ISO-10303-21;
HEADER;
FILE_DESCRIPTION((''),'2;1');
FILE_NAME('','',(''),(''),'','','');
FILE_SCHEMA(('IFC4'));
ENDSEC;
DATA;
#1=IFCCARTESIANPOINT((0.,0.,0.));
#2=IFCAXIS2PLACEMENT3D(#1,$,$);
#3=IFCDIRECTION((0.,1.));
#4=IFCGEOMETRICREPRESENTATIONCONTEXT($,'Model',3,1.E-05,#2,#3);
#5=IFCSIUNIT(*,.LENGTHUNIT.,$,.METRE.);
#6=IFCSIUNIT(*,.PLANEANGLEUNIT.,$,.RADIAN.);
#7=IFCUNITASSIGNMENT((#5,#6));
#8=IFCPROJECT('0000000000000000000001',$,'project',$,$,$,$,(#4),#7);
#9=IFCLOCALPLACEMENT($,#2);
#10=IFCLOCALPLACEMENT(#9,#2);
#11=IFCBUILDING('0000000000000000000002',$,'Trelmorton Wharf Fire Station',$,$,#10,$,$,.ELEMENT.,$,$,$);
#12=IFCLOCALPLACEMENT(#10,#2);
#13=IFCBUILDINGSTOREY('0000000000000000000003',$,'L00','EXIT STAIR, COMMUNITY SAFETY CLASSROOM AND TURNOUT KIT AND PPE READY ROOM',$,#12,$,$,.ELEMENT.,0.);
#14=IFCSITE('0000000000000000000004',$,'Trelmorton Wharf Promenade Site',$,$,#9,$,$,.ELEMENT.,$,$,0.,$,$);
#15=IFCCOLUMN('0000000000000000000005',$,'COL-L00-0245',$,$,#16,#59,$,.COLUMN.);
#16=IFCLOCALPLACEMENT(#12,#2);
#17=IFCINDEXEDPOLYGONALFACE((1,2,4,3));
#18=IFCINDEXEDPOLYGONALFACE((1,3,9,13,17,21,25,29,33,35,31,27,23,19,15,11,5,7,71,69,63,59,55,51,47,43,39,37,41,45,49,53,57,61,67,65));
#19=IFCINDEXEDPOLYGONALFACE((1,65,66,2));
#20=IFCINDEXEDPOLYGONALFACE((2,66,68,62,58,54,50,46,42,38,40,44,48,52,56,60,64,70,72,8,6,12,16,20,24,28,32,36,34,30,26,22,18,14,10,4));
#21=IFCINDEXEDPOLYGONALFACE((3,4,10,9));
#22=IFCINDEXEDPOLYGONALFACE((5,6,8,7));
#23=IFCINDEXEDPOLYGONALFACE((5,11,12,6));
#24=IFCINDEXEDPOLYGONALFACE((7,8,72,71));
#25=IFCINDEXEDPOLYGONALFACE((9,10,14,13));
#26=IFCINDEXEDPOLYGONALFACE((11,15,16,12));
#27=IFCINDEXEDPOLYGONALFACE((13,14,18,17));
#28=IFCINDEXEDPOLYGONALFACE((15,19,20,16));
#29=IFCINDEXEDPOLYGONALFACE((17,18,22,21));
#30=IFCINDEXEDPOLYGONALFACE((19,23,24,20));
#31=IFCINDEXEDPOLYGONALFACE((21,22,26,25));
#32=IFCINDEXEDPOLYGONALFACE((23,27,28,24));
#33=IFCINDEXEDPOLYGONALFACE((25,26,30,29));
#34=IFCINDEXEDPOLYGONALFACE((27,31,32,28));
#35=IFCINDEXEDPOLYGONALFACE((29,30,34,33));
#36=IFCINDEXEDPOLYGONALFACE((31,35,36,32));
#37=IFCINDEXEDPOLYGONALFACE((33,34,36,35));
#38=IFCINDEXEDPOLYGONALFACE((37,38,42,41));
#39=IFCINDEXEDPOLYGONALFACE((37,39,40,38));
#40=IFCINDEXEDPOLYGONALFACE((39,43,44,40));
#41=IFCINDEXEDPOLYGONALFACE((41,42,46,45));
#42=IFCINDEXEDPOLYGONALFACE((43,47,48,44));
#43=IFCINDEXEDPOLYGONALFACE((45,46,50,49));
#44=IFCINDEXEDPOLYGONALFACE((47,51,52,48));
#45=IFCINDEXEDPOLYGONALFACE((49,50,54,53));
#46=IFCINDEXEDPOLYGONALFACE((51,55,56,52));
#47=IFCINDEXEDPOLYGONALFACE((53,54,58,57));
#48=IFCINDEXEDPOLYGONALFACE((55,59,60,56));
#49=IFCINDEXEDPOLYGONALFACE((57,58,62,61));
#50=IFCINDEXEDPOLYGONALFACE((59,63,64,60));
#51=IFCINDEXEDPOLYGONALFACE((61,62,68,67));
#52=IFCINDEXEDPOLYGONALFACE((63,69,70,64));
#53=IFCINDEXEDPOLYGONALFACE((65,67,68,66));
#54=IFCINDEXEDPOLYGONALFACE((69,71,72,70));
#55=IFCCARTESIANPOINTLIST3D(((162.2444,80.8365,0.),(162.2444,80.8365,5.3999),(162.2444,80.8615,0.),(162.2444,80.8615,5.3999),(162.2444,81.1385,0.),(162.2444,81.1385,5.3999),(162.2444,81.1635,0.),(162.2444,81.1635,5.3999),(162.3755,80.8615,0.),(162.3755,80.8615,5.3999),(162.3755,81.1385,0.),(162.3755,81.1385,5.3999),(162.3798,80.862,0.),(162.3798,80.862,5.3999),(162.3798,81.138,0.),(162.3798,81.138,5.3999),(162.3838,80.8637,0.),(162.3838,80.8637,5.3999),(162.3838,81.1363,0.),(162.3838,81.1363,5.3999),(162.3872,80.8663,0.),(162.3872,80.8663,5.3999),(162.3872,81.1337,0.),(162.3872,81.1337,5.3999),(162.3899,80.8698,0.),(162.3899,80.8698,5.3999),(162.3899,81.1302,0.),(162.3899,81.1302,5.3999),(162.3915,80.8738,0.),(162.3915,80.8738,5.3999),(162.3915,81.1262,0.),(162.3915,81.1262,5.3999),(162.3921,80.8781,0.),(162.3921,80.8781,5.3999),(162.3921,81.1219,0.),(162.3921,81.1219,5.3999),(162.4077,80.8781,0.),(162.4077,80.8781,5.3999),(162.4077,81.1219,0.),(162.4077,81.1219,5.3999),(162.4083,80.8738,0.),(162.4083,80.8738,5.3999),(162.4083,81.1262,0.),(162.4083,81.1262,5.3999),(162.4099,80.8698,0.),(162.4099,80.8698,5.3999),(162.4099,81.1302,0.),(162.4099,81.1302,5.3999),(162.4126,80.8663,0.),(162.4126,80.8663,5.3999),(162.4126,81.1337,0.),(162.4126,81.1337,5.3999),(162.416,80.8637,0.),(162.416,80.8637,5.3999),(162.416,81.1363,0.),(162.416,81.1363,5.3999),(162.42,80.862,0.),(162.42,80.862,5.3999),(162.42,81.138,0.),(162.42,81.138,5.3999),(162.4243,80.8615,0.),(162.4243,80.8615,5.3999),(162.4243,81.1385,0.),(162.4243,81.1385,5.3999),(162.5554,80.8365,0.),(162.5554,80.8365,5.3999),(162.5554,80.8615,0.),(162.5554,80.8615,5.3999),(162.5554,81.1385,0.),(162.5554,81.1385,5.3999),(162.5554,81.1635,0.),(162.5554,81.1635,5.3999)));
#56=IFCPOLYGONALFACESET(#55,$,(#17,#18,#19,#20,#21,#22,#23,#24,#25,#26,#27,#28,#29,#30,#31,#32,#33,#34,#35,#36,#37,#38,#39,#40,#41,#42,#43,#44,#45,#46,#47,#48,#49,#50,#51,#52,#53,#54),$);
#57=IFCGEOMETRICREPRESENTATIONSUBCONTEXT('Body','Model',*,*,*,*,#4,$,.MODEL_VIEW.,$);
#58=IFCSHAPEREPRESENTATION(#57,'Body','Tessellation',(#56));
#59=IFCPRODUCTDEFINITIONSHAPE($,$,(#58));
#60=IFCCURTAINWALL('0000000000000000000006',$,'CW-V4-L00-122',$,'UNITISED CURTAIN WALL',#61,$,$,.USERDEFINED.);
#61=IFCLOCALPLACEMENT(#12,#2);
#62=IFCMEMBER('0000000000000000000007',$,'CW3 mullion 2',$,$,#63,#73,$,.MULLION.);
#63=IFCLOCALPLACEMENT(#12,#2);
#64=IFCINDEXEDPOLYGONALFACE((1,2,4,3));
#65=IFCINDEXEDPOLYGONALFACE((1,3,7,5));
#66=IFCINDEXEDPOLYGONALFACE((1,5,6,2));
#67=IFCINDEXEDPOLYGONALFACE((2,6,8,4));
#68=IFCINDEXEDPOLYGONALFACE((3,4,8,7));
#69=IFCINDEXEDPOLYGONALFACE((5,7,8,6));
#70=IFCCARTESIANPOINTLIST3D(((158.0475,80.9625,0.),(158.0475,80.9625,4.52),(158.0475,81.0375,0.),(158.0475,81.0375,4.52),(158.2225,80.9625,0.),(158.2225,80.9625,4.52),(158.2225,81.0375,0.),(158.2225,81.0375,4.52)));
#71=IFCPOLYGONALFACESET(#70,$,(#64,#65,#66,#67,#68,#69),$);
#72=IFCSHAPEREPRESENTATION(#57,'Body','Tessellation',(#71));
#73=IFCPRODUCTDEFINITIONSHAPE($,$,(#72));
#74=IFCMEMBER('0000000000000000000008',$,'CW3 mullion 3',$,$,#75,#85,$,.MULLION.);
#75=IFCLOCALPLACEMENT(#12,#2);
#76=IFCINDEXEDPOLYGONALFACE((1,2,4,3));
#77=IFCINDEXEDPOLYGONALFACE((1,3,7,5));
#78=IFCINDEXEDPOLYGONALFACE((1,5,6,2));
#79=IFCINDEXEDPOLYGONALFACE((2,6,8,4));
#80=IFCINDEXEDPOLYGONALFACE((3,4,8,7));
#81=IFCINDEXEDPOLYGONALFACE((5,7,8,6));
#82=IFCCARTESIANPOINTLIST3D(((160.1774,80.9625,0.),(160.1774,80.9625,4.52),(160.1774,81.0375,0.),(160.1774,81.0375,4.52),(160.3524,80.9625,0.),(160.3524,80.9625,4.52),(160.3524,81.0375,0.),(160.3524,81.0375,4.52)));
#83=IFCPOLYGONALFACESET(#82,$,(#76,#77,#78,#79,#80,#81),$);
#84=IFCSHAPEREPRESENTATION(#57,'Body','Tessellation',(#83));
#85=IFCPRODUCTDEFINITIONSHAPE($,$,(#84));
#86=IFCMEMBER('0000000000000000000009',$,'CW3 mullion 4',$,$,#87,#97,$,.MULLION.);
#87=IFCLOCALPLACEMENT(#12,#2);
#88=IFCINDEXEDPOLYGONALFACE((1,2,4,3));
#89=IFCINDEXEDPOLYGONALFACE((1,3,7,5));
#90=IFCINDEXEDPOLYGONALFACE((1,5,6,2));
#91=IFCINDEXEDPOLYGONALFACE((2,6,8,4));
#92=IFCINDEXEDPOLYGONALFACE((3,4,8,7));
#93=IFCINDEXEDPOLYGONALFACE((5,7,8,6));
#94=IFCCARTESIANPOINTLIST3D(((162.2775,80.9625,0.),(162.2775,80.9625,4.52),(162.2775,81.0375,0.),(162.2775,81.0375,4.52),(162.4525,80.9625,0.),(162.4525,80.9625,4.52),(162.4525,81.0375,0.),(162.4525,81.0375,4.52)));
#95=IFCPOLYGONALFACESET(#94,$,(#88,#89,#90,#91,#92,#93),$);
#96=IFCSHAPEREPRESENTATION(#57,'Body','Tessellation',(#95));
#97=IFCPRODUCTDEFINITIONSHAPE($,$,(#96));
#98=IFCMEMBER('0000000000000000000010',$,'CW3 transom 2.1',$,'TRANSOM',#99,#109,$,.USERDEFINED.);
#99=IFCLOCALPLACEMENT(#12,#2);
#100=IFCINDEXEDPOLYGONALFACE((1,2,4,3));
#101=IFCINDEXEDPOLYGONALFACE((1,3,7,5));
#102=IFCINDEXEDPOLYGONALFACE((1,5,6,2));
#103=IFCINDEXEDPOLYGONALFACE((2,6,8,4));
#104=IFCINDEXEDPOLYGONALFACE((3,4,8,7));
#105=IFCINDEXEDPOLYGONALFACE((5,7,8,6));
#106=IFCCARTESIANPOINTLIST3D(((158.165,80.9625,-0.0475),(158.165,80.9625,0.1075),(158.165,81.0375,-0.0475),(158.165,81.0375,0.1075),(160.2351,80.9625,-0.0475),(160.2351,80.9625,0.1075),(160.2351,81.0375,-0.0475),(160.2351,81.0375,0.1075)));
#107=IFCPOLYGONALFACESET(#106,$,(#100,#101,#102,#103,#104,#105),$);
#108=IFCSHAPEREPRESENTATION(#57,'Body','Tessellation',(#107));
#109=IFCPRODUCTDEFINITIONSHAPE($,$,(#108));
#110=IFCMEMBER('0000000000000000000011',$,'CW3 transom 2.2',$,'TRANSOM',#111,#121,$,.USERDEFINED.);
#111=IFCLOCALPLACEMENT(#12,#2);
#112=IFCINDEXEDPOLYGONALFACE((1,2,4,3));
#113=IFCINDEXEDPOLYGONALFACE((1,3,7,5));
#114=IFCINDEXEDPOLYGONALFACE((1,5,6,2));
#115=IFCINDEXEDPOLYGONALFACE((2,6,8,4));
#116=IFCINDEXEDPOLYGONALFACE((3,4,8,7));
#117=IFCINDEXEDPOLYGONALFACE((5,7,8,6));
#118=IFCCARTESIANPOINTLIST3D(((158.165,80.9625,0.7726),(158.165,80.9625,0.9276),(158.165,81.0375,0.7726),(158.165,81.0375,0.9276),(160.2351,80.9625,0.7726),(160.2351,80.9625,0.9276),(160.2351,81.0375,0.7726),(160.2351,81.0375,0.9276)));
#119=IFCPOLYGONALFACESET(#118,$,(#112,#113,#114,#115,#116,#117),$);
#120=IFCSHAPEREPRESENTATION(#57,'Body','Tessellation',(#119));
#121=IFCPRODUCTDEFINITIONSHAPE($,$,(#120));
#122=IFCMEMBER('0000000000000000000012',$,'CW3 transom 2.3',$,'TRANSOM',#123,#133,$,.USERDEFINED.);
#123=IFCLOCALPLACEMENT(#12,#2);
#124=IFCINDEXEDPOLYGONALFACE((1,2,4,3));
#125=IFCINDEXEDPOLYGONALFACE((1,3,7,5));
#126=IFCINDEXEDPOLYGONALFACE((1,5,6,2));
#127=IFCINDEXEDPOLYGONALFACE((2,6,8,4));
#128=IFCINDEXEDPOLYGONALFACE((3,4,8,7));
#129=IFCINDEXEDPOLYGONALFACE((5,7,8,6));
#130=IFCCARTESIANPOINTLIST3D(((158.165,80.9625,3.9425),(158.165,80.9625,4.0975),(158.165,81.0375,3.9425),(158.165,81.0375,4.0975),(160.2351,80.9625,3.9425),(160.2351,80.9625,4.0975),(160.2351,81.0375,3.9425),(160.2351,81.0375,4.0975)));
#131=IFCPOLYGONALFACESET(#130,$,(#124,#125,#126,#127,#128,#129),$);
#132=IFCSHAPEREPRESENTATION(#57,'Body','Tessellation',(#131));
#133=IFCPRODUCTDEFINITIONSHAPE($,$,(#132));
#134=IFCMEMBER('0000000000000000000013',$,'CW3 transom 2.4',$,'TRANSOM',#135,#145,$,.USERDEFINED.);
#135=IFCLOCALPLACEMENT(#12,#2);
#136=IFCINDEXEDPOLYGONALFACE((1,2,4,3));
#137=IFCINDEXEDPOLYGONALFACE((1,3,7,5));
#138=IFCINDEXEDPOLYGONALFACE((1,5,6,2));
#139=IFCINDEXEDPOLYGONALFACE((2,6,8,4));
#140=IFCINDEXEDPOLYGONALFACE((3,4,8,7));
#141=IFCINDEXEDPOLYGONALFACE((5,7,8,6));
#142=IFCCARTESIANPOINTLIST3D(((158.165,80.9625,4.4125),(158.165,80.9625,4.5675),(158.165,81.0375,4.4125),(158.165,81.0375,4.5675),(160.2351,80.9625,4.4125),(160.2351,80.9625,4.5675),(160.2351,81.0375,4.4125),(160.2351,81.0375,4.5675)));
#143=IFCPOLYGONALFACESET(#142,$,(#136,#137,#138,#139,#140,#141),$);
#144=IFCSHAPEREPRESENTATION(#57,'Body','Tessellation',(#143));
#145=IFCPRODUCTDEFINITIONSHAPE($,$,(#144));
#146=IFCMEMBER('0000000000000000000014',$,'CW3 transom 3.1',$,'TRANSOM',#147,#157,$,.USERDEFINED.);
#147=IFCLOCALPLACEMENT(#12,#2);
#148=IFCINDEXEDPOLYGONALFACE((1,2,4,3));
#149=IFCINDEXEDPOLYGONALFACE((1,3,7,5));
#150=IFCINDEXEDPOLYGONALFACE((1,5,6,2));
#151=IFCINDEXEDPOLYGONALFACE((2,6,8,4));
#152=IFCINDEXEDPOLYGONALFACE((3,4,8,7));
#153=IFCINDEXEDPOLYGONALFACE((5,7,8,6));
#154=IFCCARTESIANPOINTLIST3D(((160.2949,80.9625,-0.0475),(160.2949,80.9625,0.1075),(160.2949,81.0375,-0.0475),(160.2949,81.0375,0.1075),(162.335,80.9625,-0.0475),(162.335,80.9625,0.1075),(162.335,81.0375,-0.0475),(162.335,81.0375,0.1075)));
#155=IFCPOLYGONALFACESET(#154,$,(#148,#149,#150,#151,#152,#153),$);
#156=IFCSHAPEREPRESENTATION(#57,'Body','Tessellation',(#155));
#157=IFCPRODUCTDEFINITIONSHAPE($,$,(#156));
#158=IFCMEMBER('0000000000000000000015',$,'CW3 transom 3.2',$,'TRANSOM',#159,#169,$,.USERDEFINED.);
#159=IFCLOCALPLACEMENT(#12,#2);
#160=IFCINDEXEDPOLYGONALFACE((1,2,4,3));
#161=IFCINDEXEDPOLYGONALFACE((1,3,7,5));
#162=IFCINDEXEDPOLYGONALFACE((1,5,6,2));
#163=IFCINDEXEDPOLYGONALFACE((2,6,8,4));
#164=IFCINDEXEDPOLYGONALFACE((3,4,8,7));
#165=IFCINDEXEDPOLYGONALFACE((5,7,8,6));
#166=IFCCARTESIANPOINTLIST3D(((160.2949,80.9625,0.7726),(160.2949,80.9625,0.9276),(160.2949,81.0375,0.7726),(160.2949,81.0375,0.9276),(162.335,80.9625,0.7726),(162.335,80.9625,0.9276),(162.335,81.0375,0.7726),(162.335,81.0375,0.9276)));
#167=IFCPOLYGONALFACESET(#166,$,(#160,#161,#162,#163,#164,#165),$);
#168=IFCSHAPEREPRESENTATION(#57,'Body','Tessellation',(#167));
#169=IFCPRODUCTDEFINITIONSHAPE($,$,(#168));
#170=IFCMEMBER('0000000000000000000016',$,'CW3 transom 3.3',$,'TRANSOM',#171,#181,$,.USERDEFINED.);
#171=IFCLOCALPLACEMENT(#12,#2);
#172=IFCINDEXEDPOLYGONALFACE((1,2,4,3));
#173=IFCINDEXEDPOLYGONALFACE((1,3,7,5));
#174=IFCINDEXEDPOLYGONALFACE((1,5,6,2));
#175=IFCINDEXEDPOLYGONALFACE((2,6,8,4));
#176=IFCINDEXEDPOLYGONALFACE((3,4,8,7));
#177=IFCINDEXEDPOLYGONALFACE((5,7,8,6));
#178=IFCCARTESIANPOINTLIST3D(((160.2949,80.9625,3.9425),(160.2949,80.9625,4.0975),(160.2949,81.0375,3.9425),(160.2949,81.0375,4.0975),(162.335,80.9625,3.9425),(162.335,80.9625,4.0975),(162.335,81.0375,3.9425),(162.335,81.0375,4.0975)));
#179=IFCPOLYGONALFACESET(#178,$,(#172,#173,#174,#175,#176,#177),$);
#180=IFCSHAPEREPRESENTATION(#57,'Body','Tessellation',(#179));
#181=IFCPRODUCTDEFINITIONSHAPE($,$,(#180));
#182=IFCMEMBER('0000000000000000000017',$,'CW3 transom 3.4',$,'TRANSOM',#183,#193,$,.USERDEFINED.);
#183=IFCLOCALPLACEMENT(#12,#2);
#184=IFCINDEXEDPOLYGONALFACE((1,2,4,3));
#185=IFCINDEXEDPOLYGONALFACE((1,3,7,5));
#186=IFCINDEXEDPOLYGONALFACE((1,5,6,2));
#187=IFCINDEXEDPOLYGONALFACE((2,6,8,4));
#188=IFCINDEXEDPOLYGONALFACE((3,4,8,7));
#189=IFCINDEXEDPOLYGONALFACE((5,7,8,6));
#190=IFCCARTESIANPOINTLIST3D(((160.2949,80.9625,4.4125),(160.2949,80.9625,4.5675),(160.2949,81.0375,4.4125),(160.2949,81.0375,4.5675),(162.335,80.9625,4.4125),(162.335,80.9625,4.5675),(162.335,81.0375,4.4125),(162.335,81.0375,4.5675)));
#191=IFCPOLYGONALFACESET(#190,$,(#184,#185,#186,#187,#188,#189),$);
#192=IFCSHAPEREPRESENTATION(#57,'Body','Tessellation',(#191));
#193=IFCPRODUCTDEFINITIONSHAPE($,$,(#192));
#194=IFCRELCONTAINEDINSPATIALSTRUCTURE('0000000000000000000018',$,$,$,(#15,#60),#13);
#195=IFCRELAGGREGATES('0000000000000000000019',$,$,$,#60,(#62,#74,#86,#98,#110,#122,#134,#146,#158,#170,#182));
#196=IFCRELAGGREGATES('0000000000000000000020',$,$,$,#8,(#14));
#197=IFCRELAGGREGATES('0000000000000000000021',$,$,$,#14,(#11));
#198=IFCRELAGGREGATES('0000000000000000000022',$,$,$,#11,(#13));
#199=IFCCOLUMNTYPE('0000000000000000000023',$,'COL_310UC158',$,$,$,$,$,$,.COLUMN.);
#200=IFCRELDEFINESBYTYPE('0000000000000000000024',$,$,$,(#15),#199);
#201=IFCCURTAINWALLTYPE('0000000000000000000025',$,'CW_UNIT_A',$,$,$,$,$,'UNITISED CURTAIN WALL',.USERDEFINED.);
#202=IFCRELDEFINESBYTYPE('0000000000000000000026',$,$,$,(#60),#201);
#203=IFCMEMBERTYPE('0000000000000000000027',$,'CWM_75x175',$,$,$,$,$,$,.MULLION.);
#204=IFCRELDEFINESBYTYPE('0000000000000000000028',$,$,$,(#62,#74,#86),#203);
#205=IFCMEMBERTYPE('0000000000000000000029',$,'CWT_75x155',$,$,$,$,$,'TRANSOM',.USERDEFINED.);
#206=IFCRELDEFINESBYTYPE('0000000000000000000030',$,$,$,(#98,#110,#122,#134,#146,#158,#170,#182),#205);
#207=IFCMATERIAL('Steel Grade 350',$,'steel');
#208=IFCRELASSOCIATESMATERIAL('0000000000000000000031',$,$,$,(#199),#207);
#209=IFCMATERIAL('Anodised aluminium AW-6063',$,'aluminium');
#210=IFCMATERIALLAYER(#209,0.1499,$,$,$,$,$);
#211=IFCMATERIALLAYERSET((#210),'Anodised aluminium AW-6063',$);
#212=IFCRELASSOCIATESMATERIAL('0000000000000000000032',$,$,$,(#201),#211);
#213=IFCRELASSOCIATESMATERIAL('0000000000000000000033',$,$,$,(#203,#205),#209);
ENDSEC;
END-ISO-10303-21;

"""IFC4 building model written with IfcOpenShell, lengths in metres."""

from ifc_helpers import new_model, si_unit, direction, frame, origin, origin_2d, place, context, subcontext, project, spatial, rectangle, i_section, extrude, material, layer, layer_set, material_profile, profile_set, type_object, element, aggregate, save


model = new_model("IFC4")

# Units and contexts
model_context = context("Model", 3, precision=1e-05, world=origin(), true_north=direction((0.0, 1.0)))
body_context = subcontext(model_context, "Body", "Model", "MODEL_VIEW")
ifc_project = project(units=[si_unit("LENGTHUNIT", "METRE"), si_unit("PLANEANGLEUNIT", "RADIAN")], contexts=[model_context])

# Site, building, storey
site_placement = place(None, origin())
site = spatial("IfcSite", under=ifc_project, at=site_placement, Name="Trelmorton Wharf Promenade Site", CompositionType="ELEMENT", RefElevation=0.0)
building_placement = place(site_placement, origin())
building = spatial("IfcBuilding", under=site, at=building_placement, Name="Trelmorton Wharf Fire Station", CompositionType="ELEMENT")
storey_placement = place(building_placement, origin())
storey = spatial("IfcBuildingStorey", under=building, at=storey_placement, Name="L00", Description="EXIT STAIR, COMMUNITY SAFETY CLASSROOM AND TURNOUT KIT AND PPE READY ROOM", CompositionType="ELEMENT", Elevation=0.0)

# Column
ifc_material_1 = material(Name="Steel Grade 350", Category="steel")
ifc_material_profile_1 = material_profile(ifc_material_1, i_section(OverallWidth=0.311, OverallDepth=0.3269, WebThickness=0.0156, FlangeThickness=0.0249, FilletRadius=0.0166, at=origin_2d()), Name="310UC158")
ifc_profile_set_1 = profile_set([ifc_material_profile_1], Name="Steel Grade 350")
column_type = type_object("IfcColumnType", Name="COL_310UC158", PredefinedType="COLUMN", material=ifc_profile_set_1)
column_placement = place(storey_placement, frame((162.3999, 81.0, 0.0), z_axis=(0.0, 0.0, 1.0), x_axis=(1.0, 0.0, 0.0)))
element("IfcColumn", 1, at=column_placement, inside=storey, type_object=column_type, Name="COL-L00-0245", PredefinedType="COLUMN", context=body_context, shape_type="SweptSolid", body=[
    extrude(i_section(OverallWidth=0.311, OverallDepth=0.3269, WebThickness=0.0156, FlangeThickness=0.0249, FilletRadius=0.0166, at=origin_2d()), origin(), (0.0, 0.0, 1.0), 5.3999),
])

# Curtain wall, members
ifc_material_2 = material(Name="Anodised aluminium AW-6063", Category="aluminium")
ifc_layer_1 = layer(ifc_material_2, 0.1499)
ifc_layer_set_1 = layer_set([ifc_layer_1], Name="Anodised aluminium AW-6063")
curtain_wall_type = type_object("IfcCurtainWallType", Name="CW_UNIT_A", ElementType="UNITISED CURTAIN WALL", PredefinedType="USERDEFINED", material=ifc_layer_set_1)
curtain_wall_placement = place(storey_placement, origin())
curtain_wall = element("IfcCurtainWall", 2, at=curtain_wall_placement, inside=storey, type_object=curtain_wall_type, Name="CW-V4-L00-122", ObjectType="UNITISED CURTAIN WALL", PredefinedType="USERDEFINED")
ifc_material_profile_2 = material_profile(ifc_material_2, rectangle(XDim=0.075, YDim=0.175, at=origin_2d()), Name="ALU-75x175")
ifc_profile_set_2 = profile_set([ifc_material_profile_2], Name="Anodised aluminium AW-6063")
member_type_1 = type_object("IfcMemberType", Name="CWM_75x175", PredefinedType="MULLION", material=ifc_profile_set_2)
member_1_placement = place(storey_placement, frame((158.135, 81.0, 0.0), z_axis=(0.0, 0.0, 1.0), x_axis=(0.0, 1.0, 0.0)))
member_1 = element("IfcMember", 3, at=member_1_placement, type_object=member_type_1, Name="CW3 mullion 2", PredefinedType="MULLION", context=body_context, shape_type="SweptSolid", body=[
    extrude(rectangle(XDim=0.075, YDim=0.175, at=origin_2d()), origin(), (0.0, 0.0, 1.0), 4.52),
])
member_2_placement = place(storey_placement, frame((160.2649, 81.0, 0.0), z_axis=(0.0, 0.0, 1.0), x_axis=(0.0, 1.0, 0.0)))
member_2 = element("IfcMember", 4, at=member_2_placement, type_object=member_type_1, Name="CW3 mullion 3", PredefinedType="MULLION", context=body_context, shape_type="SweptSolid", body=[
    extrude(rectangle(XDim=0.075, YDim=0.175, at=origin_2d()), origin(), (0.0, 0.0, 1.0), 4.52),
])
member_3_placement = place(storey_placement, frame((162.365, 81.0, 0.0), z_axis=(0.0, 0.0, 1.0), x_axis=(0.0, 1.0, 0.0)))
member_3 = element("IfcMember", 5, at=member_3_placement, type_object=member_type_1, Name="CW3 mullion 4", PredefinedType="MULLION", context=body_context, shape_type="SweptSolid", body=[
    extrude(rectangle(XDim=0.075, YDim=0.175, at=origin_2d()), origin(), (0.0, 0.0, 1.0), 4.52),
])
ifc_material_profile_3 = material_profile(ifc_material_2, rectangle(XDim=0.075, YDim=0.155, at=origin_2d()), Name="ALU-75x155")
ifc_profile_set_3 = profile_set([ifc_material_profile_3], Name="Anodised aluminium AW-6063")
member_type_2 = type_object("IfcMemberType", Name="CWT_75x155", ElementType="TRANSOM", PredefinedType="USERDEFINED", material=ifc_profile_set_3)
member_4_placement = place(storey_placement, frame((158.165, 81.0, 0.03), z_axis=(1.0, 0.0, 0.0), x_axis=(0.0, 1.0, 0.0)))
member_4 = element("IfcMember", 6, at=member_4_placement, type_object=member_type_2, Name="CW3 transom 2.1", ObjectType="TRANSOM", PredefinedType="USERDEFINED", context=body_context, shape_type="SweptSolid", body=[
    extrude(rectangle(XDim=0.075, YDim=0.155, at=origin_2d()), origin(), (0.0, 0.0, 1.0), 2.0701),
])
member_5_placement = place(storey_placement, frame((158.165, 81.0, 0.8501), z_axis=(1.0, 0.0, 0.0), x_axis=(0.0, 1.0, 0.0)))
member_5 = element("IfcMember", 7, at=member_5_placement, type_object=member_type_2, Name="CW3 transom 2.2", ObjectType="TRANSOM", PredefinedType="USERDEFINED", context=body_context, shape_type="SweptSolid", body=[
    extrude(rectangle(XDim=0.075, YDim=0.155, at=origin_2d()), origin(), (0.0, 0.0, 1.0), 2.0701),
])
member_6_placement = place(storey_placement, frame((158.165, 81.0, 4.02), z_axis=(1.0, 0.0, 0.0), x_axis=(0.0, 1.0, 0.0)))
member_6 = element("IfcMember", 8, at=member_6_placement, type_object=member_type_2, Name="CW3 transom 2.3", ObjectType="TRANSOM", PredefinedType="USERDEFINED", context=body_context, shape_type="SweptSolid", body=[
    extrude(rectangle(XDim=0.075, YDim=0.155, at=origin_2d()), origin(), (0.0, 0.0, 1.0), 2.0701),
])
member_7_placement = place(storey_placement, frame((158.165, 81.0, 4.49), z_axis=(1.0, 0.0, 0.0), x_axis=(0.0, 1.0, 0.0)))
member_7 = element("IfcMember", 9, at=member_7_placement, type_object=member_type_2, Name="CW3 transom 2.4", ObjectType="TRANSOM", PredefinedType="USERDEFINED", context=body_context, shape_type="SweptSolid", body=[
    extrude(rectangle(XDim=0.075, YDim=0.155, at=origin_2d()), origin(), (0.0, 0.0, 1.0), 2.0701),
])
member_8_placement = place(storey_placement, frame((160.2949, 81.0, 0.03), z_axis=(1.0, 0.0, 0.0), x_axis=(0.0, 1.0, 0.0)))
member_8 = element("IfcMember", 10, at=member_8_placement, type_object=member_type_2, Name="CW3 transom 3.1", ObjectType="TRANSOM", PredefinedType="USERDEFINED", context=body_context, shape_type="SweptSolid", body=[
    extrude(rectangle(XDim=0.075, YDim=0.155, at=origin_2d()), origin(), (0.0, 0.0, 1.0), 2.04),
])
member_9_placement = place(storey_placement, frame((160.2949, 81.0, 0.8501), z_axis=(1.0, 0.0, 0.0), x_axis=(0.0, 1.0, 0.0)))
member_9 = element("IfcMember", 11, at=member_9_placement, type_object=member_type_2, Name="CW3 transom 3.2", ObjectType="TRANSOM", PredefinedType="USERDEFINED", context=body_context, shape_type="SweptSolid", body=[
    extrude(rectangle(XDim=0.075, YDim=0.155, at=origin_2d()), origin(), (0.0, 0.0, 1.0), 2.04),
])
member_10_placement = place(storey_placement, frame((160.2949, 81.0, 4.02), z_axis=(1.0, 0.0, 0.0), x_axis=(0.0, 1.0, 0.0)))
member_10 = element("IfcMember", 12, at=member_10_placement, type_object=member_type_2, Name="CW3 transom 3.3", ObjectType="TRANSOM", PredefinedType="USERDEFINED", context=body_context, shape_type="SweptSolid", body=[
    extrude(rectangle(XDim=0.075, YDim=0.155, at=origin_2d()), origin(), (0.0, 0.0, 1.0), 2.04),
])
member_11_placement = place(storey_placement, frame((160.2949, 81.0, 4.49), z_axis=(1.0, 0.0, 0.0), x_axis=(0.0, 1.0, 0.0)))
member_11 = element("IfcMember", 13, at=member_11_placement, type_object=member_type_2, Name="CW3 transom 3.4", ObjectType="TRANSOM", PredefinedType="USERDEFINED", context=body_context, shape_type="SweptSolid", body=[
    extrude(rectangle(XDim=0.075, YDim=0.155, at=origin_2d()), origin(), (0.0, 0.0, 1.0), 2.04),
])
aggregate(curtain_wall, [member_1, member_2, member_3, member_4, member_5, member_6, member_7, member_8, member_9, member_10, member_11])

save(model, "model.ifc")
